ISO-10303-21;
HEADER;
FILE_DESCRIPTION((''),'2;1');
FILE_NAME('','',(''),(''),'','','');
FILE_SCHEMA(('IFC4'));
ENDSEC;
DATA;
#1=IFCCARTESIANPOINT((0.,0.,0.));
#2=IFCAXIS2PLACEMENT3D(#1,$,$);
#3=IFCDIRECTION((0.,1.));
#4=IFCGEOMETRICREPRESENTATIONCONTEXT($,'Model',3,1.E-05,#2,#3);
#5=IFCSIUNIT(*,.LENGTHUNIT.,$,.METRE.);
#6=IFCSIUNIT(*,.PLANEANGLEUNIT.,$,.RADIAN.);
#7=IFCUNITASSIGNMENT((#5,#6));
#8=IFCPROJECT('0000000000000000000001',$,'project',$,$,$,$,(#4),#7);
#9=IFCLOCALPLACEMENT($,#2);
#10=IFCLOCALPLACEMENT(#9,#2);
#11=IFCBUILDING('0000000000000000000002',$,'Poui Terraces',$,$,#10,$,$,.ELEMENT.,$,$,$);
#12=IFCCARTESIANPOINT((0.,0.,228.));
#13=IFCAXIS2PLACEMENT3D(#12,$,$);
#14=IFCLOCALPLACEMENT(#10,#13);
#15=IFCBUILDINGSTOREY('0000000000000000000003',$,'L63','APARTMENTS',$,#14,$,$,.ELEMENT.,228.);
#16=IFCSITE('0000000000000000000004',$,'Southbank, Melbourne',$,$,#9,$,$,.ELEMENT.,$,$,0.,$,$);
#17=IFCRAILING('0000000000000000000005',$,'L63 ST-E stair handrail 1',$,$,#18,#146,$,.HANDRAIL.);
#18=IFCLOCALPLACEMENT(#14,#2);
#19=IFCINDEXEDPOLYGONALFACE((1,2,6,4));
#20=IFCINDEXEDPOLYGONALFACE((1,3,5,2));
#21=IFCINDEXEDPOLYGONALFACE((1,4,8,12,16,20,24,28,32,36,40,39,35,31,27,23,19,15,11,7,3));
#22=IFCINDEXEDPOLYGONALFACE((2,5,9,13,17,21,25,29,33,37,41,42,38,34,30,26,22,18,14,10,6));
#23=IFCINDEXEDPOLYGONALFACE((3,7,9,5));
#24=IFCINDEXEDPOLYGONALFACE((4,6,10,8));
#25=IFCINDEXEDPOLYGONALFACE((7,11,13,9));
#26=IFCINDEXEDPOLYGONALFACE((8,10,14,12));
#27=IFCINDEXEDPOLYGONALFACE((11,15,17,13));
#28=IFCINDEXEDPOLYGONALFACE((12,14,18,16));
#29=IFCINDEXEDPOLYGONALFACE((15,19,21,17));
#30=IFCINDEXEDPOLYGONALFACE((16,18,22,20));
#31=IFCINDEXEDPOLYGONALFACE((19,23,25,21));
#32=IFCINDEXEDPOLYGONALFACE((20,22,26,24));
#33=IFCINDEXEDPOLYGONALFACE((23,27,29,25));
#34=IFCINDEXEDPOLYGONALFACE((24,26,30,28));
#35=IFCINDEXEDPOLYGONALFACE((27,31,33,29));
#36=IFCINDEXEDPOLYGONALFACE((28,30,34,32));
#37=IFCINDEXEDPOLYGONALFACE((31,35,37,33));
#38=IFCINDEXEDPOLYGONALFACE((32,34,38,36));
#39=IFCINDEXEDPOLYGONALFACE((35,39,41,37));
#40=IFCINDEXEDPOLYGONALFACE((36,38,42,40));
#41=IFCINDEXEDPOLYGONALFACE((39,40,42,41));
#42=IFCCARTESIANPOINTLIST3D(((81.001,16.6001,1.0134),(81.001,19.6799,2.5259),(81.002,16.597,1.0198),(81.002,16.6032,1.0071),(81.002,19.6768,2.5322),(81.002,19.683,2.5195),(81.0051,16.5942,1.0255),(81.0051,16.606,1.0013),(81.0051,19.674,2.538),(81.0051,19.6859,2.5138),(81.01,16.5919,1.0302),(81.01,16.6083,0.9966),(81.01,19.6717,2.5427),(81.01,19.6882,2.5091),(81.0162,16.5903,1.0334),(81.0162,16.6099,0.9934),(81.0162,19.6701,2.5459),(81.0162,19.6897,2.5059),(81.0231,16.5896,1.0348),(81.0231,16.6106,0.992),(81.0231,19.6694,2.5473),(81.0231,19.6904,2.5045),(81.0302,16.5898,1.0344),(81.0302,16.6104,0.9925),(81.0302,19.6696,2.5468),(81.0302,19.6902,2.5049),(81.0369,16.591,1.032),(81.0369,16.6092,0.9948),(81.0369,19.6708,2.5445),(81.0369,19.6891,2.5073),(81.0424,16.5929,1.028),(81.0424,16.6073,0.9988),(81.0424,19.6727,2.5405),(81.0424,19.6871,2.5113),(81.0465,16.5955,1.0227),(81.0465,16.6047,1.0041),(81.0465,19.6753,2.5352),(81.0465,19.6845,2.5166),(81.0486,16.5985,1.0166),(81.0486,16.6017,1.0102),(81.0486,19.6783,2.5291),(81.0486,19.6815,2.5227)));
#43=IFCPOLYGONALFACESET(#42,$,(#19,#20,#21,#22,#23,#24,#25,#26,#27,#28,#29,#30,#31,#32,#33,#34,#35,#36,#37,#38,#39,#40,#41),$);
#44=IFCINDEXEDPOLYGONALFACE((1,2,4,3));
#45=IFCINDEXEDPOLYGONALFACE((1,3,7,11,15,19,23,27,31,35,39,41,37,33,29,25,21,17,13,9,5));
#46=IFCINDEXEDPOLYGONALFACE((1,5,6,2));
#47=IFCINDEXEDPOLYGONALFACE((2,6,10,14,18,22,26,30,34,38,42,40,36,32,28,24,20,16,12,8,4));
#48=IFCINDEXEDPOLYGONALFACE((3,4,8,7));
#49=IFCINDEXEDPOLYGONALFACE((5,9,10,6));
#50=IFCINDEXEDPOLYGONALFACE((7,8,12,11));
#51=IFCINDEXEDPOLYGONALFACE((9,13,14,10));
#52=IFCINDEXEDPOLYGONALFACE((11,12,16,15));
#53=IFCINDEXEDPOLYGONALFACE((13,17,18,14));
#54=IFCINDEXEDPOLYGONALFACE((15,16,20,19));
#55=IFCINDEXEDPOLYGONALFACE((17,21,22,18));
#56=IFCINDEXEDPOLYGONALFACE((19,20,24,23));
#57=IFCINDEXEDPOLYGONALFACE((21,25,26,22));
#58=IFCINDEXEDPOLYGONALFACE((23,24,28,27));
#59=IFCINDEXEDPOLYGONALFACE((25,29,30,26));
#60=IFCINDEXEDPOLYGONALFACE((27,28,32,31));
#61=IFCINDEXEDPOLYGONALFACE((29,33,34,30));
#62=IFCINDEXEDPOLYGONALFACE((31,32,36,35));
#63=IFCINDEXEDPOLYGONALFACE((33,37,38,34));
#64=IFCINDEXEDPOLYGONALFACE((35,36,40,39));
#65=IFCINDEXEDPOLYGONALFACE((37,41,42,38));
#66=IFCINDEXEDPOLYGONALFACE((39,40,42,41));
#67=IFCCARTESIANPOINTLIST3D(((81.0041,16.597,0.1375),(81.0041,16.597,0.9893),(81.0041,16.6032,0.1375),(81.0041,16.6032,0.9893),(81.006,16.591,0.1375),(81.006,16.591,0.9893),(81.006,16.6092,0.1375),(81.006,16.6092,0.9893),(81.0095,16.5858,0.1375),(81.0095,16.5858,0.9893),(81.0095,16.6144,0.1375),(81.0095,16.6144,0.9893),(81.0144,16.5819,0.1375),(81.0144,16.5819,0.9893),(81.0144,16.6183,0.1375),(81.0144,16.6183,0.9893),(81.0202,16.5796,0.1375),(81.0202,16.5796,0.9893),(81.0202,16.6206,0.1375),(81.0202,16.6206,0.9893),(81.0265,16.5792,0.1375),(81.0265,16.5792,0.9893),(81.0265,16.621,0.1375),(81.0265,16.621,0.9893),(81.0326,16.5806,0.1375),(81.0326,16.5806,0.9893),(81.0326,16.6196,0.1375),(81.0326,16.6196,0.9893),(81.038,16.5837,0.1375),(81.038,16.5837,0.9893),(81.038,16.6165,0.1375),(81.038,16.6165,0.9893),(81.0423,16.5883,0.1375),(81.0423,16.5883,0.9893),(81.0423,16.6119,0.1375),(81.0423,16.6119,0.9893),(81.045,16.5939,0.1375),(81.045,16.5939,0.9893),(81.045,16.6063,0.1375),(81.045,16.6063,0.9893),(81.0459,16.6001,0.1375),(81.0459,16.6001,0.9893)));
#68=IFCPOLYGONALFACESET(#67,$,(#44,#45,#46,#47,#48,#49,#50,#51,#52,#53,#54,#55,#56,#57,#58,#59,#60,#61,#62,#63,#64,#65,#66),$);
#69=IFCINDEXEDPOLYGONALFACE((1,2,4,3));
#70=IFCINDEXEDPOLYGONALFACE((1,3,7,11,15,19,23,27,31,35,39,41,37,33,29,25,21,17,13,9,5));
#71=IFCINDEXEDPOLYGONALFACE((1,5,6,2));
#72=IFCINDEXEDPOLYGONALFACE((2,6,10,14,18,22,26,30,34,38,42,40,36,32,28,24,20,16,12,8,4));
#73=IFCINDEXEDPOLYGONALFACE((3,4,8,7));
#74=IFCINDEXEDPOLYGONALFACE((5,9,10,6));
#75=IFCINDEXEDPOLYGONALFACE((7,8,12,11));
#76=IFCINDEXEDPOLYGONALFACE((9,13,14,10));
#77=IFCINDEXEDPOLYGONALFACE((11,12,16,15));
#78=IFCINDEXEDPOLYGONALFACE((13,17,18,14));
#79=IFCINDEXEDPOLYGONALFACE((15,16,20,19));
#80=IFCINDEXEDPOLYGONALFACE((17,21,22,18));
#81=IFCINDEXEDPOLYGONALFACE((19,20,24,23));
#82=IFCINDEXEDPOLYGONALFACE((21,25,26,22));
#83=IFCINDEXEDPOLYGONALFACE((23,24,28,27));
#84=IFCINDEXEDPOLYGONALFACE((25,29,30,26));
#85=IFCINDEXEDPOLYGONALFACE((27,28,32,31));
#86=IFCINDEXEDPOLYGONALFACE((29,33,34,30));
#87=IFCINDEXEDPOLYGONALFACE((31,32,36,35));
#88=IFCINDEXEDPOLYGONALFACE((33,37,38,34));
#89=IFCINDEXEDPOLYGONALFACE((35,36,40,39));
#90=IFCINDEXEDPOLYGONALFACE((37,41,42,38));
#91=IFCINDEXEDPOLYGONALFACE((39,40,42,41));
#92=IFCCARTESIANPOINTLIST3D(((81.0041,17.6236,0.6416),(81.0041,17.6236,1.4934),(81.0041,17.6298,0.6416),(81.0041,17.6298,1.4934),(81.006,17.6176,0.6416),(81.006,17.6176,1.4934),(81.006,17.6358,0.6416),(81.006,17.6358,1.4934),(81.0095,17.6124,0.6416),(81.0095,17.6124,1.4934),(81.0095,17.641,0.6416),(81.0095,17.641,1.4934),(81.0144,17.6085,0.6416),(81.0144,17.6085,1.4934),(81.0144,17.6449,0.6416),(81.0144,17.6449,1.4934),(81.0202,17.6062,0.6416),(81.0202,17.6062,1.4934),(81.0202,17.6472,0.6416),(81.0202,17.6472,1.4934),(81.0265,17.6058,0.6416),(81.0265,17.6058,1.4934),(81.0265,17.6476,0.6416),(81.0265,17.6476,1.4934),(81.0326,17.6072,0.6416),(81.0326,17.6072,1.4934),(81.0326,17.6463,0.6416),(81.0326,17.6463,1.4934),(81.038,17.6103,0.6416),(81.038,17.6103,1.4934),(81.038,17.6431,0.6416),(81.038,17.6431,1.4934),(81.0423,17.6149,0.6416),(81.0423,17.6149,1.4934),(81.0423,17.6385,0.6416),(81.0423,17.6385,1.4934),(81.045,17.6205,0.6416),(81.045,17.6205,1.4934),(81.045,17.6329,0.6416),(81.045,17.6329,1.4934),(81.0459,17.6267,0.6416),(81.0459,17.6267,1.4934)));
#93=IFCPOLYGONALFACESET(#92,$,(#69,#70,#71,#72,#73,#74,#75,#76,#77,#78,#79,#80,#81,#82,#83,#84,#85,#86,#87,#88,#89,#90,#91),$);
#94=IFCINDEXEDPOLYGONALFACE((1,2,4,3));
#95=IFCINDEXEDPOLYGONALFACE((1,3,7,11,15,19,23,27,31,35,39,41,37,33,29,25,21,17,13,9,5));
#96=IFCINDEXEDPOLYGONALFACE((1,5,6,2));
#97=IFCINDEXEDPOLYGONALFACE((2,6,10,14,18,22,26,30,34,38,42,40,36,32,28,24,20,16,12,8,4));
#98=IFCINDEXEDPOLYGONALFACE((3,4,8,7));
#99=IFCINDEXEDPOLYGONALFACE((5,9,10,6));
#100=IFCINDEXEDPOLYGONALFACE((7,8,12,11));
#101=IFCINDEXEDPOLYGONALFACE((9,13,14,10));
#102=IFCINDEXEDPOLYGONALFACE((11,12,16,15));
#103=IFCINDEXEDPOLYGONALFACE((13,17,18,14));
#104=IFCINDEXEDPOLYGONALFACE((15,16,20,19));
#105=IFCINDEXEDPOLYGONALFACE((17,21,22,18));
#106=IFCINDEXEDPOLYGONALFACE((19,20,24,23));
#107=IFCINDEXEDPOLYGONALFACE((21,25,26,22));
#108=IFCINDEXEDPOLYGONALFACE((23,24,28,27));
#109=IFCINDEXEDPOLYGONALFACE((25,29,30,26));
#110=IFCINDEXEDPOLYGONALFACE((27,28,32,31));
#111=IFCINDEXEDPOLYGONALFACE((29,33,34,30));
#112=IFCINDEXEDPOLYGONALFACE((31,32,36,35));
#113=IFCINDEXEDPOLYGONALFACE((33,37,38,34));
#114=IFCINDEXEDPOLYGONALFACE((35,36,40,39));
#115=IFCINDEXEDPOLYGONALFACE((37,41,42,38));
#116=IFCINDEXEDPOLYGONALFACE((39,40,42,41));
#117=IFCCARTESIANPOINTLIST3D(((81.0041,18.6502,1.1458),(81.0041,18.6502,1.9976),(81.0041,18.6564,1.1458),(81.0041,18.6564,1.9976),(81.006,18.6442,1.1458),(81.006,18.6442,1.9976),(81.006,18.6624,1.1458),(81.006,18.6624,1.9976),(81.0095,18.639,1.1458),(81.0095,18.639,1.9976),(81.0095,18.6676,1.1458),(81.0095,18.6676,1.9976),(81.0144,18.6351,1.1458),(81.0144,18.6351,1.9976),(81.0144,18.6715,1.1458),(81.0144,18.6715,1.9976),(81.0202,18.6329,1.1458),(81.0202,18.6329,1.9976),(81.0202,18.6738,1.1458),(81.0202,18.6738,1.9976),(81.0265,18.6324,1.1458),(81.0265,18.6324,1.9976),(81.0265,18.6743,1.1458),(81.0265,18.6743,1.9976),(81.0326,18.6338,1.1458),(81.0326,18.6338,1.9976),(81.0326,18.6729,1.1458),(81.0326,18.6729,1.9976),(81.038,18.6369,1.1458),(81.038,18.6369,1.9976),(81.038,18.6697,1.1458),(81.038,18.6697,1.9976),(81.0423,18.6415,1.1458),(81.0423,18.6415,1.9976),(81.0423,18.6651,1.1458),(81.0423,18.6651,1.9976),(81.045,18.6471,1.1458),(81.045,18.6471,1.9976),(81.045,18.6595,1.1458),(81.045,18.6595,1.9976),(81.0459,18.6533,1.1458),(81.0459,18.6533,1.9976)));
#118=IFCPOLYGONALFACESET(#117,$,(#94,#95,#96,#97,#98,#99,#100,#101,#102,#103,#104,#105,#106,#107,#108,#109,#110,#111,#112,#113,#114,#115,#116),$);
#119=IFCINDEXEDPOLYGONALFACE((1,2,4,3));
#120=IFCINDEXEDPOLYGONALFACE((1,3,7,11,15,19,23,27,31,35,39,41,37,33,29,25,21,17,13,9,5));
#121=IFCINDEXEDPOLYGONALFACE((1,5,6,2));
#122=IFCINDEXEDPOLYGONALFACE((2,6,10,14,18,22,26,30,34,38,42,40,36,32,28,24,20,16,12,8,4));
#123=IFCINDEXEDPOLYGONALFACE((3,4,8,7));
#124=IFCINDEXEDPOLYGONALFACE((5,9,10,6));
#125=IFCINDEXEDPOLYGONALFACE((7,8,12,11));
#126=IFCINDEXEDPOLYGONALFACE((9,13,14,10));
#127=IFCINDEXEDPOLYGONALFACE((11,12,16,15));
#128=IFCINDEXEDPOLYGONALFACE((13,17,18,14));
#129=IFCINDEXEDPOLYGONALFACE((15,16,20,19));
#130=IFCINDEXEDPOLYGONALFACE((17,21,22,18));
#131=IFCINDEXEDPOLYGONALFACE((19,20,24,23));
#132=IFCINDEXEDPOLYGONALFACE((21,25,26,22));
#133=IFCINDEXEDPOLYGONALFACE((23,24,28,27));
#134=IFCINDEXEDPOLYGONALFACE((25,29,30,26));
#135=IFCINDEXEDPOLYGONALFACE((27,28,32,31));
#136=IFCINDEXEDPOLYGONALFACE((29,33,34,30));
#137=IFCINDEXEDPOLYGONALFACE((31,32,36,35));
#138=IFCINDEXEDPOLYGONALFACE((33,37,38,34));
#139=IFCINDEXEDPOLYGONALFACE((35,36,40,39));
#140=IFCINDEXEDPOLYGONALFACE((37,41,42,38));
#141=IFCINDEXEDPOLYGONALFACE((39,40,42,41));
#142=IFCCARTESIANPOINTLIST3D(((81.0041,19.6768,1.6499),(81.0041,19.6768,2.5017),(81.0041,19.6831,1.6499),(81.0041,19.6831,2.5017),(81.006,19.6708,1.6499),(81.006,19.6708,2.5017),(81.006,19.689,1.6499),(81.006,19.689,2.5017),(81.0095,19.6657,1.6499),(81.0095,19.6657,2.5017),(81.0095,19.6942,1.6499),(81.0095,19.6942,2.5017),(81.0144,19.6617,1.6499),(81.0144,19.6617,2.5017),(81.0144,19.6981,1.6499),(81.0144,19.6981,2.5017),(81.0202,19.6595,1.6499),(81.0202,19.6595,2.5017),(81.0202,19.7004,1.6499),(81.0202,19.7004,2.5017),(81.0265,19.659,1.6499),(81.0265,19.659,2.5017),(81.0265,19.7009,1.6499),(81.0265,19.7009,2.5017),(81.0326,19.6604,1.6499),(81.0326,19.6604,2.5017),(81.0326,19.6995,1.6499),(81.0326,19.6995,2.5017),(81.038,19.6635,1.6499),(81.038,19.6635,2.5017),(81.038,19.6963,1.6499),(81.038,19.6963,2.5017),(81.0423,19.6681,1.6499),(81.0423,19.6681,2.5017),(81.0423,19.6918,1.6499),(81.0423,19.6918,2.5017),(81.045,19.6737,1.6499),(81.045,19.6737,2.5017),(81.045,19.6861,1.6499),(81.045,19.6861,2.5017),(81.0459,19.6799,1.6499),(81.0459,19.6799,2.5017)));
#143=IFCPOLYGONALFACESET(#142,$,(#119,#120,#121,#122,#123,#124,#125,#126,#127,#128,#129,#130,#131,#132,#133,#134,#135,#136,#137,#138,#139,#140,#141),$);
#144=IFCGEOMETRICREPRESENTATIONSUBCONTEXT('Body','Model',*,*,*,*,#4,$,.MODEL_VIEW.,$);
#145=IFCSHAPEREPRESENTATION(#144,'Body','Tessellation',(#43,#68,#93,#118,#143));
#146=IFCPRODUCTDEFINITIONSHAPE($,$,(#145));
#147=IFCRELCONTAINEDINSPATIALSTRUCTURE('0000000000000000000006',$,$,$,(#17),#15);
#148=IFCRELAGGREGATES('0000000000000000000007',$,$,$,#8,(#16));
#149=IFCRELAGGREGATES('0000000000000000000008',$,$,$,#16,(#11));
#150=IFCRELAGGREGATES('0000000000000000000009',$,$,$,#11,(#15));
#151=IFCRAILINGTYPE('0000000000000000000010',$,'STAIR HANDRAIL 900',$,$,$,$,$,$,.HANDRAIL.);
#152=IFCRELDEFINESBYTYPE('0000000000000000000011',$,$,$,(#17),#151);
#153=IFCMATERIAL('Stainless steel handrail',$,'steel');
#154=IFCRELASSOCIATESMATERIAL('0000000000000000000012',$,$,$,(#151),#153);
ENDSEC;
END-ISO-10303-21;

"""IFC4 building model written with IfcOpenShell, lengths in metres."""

from ifc_helpers import new_model, si_unit, direction, frame, origin, origin_2d, place, context, subcontext, project, spatial, circle, extrude, material, type_object, element, save


model = new_model("IFC4")

# Units and contexts
model_context = context("Model", 3, precision=1e-05, world=origin(), true_north=direction((0.0, 1.0)))
body_context = subcontext(model_context, "Body", "Model", "MODEL_VIEW")
ifc_project = project(units=[si_unit("LENGTHUNIT", "METRE"), si_unit("PLANEANGLEUNIT", "RADIAN")], contexts=[model_context])

# Site, building, storey
site_placement = place(None, origin())
site = spatial("IfcSite", under=ifc_project, at=site_placement, Name="Southbank, Melbourne", CompositionType="ELEMENT", RefElevation=0.0)
building_placement = place(site_placement, origin())
building = spatial("IfcBuilding", under=site, at=building_placement, Name="Poui Terraces", CompositionType="ELEMENT")
storey_placement = place(building_placement, frame((0.0, 0.0, 228.0)))
storey = spatial("IfcBuildingStorey", under=building, at=storey_placement, Name="L63", Description="APARTMENTS", CompositionType="ELEMENT", Elevation=228.0)

# Railing
ifc_material_1 = material(Name="Stainless steel handrail", Category="steel")
railing_type_1 = type_object("IfcRailingType", Name="STAIR HANDRAIL 900", PredefinedType="HANDRAIL", material=ifc_material_1)
for number, where, name in (
    (1, (81.0249, 16.6001, 0.1375), "L63 ST-E stair handrail 1"),
):
    element("IfcRailing", number, at=place(storey_placement, frame(where)), inside=storey, type_object=railing_type_1, Name=name, PredefinedType="HANDRAIL", context=body_context, shape_type="SweptSolid", body=[
        extrude(circle(Radius=0.0239, at=origin_2d()), frame((0.0, 0.0, 0.876), z_axis=(0.0, 0.897606, 0.440798), x_axis=(-1.0, 0.0, 0.0)), (0.0, 0.0, 1.0), 3.4312),
        extrude(circle(Radius=0.021, at=origin_2d()), origin(), (0.0, 0.0, 1.0), 0.8518),
        extrude(circle(Radius=0.021, at=origin_2d()), frame((0.0, 1.0266, 0.5042)), (0.0, 0.0, 1.0), 0.8518),
        extrude(circle(Radius=0.021, at=origin_2d()), frame((0.0, 2.0532, 1.0083)), (0.0, 0.0, 1.0), 0.8518),
        extrude(circle(Radius=0.021, at=origin_2d()), frame((0.0, 3.0798, 1.5125)), (0.0, 0.0, 1.0), 0.8518),
    ])

save(model, "model.ifc")
